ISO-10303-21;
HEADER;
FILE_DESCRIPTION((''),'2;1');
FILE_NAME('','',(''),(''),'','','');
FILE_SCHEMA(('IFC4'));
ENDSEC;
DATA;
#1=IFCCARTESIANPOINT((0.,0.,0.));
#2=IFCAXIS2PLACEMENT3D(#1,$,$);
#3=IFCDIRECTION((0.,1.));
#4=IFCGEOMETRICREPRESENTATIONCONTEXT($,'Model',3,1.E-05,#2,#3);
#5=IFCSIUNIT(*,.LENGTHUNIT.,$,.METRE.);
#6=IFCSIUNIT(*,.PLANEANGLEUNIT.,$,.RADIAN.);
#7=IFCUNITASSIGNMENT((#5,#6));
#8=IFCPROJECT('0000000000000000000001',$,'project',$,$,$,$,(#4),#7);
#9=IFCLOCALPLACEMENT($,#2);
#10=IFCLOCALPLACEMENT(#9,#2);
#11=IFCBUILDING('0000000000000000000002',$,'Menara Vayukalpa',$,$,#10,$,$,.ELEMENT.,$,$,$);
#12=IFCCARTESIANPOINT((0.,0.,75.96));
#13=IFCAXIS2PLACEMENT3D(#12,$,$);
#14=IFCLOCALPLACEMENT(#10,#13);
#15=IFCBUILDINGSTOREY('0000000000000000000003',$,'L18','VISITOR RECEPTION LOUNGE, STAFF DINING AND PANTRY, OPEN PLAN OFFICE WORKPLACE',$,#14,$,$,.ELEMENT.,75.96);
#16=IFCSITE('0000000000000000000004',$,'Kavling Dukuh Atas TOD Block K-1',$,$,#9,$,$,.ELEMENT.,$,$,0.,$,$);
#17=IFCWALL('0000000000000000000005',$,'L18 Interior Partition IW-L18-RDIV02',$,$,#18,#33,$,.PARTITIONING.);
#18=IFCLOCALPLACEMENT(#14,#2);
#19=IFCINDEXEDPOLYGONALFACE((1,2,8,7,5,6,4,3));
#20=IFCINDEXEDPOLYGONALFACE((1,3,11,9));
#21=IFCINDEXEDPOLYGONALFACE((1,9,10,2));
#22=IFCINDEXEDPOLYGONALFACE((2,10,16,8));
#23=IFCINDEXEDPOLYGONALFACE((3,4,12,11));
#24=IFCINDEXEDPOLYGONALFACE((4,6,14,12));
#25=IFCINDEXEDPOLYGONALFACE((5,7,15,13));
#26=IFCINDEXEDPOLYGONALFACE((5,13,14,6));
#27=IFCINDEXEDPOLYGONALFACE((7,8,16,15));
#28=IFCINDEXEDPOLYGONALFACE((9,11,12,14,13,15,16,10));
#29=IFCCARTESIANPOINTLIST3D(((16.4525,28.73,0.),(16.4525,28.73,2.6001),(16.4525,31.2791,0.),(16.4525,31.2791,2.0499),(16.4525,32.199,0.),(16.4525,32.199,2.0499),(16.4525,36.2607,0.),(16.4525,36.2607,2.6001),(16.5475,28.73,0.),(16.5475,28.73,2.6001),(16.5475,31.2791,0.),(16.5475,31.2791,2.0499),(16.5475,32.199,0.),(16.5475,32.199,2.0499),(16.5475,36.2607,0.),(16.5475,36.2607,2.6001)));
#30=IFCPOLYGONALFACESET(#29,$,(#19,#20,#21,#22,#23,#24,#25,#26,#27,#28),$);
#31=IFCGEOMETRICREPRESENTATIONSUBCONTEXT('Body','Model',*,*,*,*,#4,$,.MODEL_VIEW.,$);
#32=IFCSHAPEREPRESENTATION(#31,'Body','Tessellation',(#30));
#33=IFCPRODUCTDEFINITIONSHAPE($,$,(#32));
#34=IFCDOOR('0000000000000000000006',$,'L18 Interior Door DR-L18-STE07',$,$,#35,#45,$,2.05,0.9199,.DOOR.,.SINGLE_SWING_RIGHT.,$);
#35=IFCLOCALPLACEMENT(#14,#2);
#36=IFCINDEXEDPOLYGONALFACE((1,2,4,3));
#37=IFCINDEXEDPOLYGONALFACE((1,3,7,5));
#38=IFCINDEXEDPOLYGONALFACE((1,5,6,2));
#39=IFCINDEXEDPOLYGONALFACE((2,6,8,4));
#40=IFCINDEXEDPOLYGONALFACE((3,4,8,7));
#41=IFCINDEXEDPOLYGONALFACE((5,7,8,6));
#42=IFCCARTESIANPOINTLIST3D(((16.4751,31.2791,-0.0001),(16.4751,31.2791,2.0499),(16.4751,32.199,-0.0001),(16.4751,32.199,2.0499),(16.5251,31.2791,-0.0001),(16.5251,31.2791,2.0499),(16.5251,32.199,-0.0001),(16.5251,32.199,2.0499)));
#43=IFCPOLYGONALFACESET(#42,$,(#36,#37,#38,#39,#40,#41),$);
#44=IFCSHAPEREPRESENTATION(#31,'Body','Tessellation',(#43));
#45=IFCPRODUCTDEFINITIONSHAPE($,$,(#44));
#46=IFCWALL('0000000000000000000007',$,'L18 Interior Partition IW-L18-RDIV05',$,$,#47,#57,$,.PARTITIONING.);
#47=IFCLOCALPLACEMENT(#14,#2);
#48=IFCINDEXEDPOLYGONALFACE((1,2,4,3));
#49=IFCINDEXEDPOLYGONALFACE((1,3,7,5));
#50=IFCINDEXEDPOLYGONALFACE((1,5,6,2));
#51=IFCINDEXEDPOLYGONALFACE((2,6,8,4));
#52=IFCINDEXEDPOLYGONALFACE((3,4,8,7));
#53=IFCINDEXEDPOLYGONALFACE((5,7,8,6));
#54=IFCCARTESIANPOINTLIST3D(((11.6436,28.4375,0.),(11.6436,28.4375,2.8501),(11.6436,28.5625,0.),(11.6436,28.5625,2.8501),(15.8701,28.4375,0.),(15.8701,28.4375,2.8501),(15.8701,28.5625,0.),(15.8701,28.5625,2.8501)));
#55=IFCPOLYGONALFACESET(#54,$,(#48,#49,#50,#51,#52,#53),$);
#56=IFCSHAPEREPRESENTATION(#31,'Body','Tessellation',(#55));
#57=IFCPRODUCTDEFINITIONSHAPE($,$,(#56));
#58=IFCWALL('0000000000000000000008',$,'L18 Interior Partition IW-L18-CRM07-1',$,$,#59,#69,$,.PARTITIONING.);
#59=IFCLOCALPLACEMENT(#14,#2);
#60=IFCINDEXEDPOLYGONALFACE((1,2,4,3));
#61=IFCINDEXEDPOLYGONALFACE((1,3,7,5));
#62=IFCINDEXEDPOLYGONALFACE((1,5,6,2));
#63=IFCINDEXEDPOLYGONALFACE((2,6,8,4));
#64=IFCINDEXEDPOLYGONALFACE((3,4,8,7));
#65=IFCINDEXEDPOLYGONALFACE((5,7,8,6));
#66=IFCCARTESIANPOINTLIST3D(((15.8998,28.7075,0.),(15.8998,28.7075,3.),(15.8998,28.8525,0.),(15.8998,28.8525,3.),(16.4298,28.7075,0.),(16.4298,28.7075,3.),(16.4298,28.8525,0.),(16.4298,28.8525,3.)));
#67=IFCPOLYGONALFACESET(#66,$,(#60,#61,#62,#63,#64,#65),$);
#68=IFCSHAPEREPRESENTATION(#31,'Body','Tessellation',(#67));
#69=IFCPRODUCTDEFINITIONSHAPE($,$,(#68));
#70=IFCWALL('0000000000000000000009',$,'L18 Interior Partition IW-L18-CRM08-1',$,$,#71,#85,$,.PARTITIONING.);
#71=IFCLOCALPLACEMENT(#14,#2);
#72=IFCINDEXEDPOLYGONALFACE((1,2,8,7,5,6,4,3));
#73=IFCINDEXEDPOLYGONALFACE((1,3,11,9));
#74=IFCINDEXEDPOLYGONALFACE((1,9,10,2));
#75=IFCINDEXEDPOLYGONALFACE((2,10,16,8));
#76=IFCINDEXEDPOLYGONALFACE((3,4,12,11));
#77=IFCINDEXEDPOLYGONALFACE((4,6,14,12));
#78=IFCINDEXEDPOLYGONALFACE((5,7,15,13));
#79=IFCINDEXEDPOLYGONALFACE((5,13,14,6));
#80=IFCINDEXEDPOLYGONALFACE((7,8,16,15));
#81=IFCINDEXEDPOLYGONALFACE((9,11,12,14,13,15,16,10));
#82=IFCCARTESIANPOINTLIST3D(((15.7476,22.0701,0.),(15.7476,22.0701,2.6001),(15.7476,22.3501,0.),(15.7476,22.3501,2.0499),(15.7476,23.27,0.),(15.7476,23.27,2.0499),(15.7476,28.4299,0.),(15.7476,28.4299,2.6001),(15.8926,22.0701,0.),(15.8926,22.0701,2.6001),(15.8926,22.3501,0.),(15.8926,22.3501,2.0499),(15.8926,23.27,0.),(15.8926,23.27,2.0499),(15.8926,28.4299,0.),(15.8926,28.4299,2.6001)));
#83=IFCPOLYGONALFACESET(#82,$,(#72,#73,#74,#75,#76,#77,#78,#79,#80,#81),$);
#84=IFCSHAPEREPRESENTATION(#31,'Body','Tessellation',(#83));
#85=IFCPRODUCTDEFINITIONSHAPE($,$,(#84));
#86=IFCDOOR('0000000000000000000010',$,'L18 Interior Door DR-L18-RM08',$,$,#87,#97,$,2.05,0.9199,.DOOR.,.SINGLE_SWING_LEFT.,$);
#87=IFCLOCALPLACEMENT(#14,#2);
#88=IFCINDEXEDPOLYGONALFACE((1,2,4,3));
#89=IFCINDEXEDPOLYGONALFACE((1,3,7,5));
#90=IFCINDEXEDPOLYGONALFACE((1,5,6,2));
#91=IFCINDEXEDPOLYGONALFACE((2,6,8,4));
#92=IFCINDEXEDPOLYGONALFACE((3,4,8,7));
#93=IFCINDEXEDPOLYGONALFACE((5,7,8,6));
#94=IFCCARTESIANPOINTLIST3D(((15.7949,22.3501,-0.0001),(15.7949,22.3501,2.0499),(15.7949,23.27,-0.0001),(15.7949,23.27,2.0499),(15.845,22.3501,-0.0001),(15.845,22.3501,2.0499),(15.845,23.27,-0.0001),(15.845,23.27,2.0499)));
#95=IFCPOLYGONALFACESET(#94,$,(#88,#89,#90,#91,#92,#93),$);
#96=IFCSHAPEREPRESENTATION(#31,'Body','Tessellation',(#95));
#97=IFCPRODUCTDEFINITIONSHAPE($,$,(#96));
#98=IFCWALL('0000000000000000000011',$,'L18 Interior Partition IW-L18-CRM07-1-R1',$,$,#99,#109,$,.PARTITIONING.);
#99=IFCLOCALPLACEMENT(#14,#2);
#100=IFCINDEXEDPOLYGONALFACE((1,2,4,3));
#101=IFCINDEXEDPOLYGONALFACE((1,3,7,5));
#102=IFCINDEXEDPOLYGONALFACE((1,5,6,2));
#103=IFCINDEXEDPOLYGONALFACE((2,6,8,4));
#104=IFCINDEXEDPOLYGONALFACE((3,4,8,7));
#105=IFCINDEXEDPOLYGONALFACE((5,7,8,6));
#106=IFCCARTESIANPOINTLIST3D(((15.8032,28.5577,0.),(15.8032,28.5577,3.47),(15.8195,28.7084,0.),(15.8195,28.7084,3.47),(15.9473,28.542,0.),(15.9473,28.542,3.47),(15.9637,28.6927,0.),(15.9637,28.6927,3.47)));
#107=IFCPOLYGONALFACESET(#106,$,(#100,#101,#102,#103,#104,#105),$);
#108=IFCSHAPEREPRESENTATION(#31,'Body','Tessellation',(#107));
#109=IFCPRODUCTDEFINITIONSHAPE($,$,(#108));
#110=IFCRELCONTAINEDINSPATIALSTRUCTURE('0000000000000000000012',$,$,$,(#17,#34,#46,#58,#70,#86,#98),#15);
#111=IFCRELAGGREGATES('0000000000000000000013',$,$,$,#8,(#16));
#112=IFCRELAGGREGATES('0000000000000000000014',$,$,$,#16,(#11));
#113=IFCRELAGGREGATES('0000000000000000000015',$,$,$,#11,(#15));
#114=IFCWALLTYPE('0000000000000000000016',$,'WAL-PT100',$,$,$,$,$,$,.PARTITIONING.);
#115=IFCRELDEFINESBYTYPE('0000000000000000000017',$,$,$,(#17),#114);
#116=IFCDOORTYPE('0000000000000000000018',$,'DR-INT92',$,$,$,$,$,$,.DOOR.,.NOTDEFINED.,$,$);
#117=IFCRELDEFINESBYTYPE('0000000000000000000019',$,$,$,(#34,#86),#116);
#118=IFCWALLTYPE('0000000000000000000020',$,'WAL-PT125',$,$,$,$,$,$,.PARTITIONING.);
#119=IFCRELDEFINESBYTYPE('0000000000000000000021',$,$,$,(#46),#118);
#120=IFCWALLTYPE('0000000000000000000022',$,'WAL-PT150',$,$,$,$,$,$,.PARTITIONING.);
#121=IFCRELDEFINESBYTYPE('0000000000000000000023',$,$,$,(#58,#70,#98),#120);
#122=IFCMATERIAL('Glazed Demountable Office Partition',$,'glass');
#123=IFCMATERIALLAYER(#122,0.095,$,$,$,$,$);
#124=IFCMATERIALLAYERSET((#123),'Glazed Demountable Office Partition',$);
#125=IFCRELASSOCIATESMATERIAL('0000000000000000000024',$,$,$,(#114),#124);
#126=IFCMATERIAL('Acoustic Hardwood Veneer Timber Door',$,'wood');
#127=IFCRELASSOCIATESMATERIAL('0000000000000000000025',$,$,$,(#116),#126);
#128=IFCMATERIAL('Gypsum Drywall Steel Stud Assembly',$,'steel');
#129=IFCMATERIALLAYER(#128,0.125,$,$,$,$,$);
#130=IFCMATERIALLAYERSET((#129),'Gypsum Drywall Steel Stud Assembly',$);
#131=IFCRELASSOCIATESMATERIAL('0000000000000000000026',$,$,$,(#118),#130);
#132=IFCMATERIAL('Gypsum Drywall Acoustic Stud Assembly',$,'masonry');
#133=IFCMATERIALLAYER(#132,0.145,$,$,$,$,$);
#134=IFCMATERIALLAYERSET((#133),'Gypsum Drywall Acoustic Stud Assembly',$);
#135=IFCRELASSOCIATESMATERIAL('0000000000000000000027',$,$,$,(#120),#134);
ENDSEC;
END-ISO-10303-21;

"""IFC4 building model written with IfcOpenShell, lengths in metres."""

from ifc_helpers import new_model, si_unit, direction, frame, frame_2d, origin, place, context, subcontext, project, spatial, rectangle, extrude, material, layer, layer_set, type_object, element, fill, save


model = new_model("IFC4")

# Units and contexts
model_context = context("Model", 3, precision=1e-05, world=origin(), true_north=direction((0.0, 1.0)))
body_context = subcontext(model_context, "Body", "Model", "MODEL_VIEW")
ifc_project = project(units=[si_unit("LENGTHUNIT", "METRE"), si_unit("PLANEANGLEUNIT", "RADIAN")], contexts=[model_context])

# Site, building, storey
site_placement = place(None, origin())
site = spatial("IfcSite", under=ifc_project, at=site_placement, Name="Kavling Dukuh Atas TOD Block K-1", CompositionType="ELEMENT", RefElevation=0.0)
building_placement = place(site_placement, origin())
building = spatial("IfcBuilding", under=site, at=building_placement, Name="Menara Vayukalpa", CompositionType="ELEMENT")
storey_placement = place(building_placement, frame((0.0, 0.0, 75.96)))
storey = spatial("IfcBuildingStorey", under=building, at=storey_placement, Name="L18", Description="VISITOR RECEPTION LOUNGE, STAFF DINING AND PANTRY, OPEN PLAN OFFICE WORKPLACE", CompositionType="ELEMENT", Elevation=75.96)

# Wall, opening, door
ifc_material_1 = material(Name="Glazed Demountable Office Partition", Category="glass")
ifc_layer_1 = layer(ifc_material_1, 0.095)
ifc_layer_set_1 = layer_set([ifc_layer_1], Name="Glazed Demountable Office Partition")
wall_type_1 = type_object("IfcWallType", Name="WAL-PT100", PredefinedType="PARTITIONING", material=ifc_layer_set_1)
wall_1_placement = place(storey_placement, frame((16.5, 28.73, 0.0), z_axis=(0.0, 0.0, 1.0), x_axis=(0.0, 1.0, 0.0)))
wall_1 = element("IfcWall", 1, at=wall_1_placement, inside=storey, type_object=wall_type_1, Name="L18 Interior Partition IW-L18-RDIV02", PredefinedType="PARTITIONING", context=body_context, shape_type="SweptSolid", body=[
    extrude(rectangle(XDim=7.5308, YDim=0.095, at=frame_2d((3.7654, 0.0))), origin(), (0.0, 0.0, 1.0), 2.6001),
])
opening_1_placement = place(wall_1_placement, frame((2.5491, 0.0, 0.0)))
opening_1 = element("IfcOpeningElement", 2, at=opening_1_placement, cuts=wall_1, PredefinedType="OPENING", context=body_context, shape_type="SweptSolid", body=[
    extrude(rectangle(XDim=0.9199, YDim=2.05, at=frame_2d((0.46, 1.0249))), frame((0.0, 0.0574, 0.0), z_axis=(0.0, -1.0, 0.0), x_axis=(1.0, 0.0, 0.0)), (0.0, 0.0, 1.0), 0.115),
])
ifc_material_2 = material(Name="Acoustic Hardwood Veneer Timber Door", Category="wood")
door_type = type_object("IfcDoorType", Name="DR-INT92", OperationType="NOTDEFINED", PredefinedType="DOOR", material=ifc_material_2)
door_1_placement = place(opening_1_placement, origin())
door_1 = element("IfcDoor", 3, at=door_1_placement, inside=storey, type_object=door_type, Name="L18 Interior Door DR-L18-STE07", OperationType="SINGLE_SWING_RIGHT", OverallHeight=2.05, OverallWidth=0.9199, PredefinedType="DOOR", context=body_context, shape_type="SweptSolid", body=[
    extrude(rectangle(XDim=0.9199, YDim=2.05, at=frame_2d((0.46, 1.0249))), frame((0.0, 0.0249, 0.0), z_axis=(0.0, -1.0, 0.0), x_axis=(1.0, 0.0, 0.0)), (0.0, 0.0, 1.0), 0.05),
])
fill(opening_1, door_1)

# Walls
ifc_material_3 = material(Name="Gypsum Drywall Steel Stud Assembly", Category="steel")
ifc_layer_2 = layer(ifc_material_3, 0.125)
ifc_layer_set_2 = layer_set([ifc_layer_2], Name="Gypsum Drywall Steel Stud Assembly")
wall_type_2 = type_object("IfcWallType", Name="WAL-PT125", PredefinedType="PARTITIONING", material=ifc_layer_set_2)
wall_2_placement = place(storey_placement, frame((11.6436, 28.5, 0.0), z_axis=(0.0, 0.0, 1.0), x_axis=(1.0, 0.0, 0.0)))
element("IfcWall", 4, at=wall_2_placement, inside=storey, type_object=wall_type_2, Name="L18 Interior Partition IW-L18-RDIV05", PredefinedType="PARTITIONING", context=body_context, shape_type="SweptSolid", body=[
    extrude(rectangle(XDim=4.2266, YDim=0.125, at=frame_2d((2.1133, 0.0))), origin(), (0.0, 0.0, 1.0), 2.8501),
])
ifc_material_4 = material(Name="Gypsum Drywall Acoustic Stud Assembly", Category="masonry")
ifc_layer_3 = layer(ifc_material_4, 0.145)
ifc_layer_set_3 = layer_set([ifc_layer_3], Name="Gypsum Drywall Acoustic Stud Assembly")
wall_type_3 = type_object("IfcWallType", Name="WAL-PT150", PredefinedType="PARTITIONING", material=ifc_layer_set_3)
wall_3_placement = place(storey_placement, frame((16.4299, 28.78, 0.0), z_axis=(0.0, 0.0, 1.0), x_axis=(-1.0, 0.0, 0.0)))
element("IfcWall", 5, at=wall_3_placement, inside=storey, type_object=wall_type_3, Name="L18 Interior Partition IW-L18-CRM07-1", PredefinedType="PARTITIONING", context=body_context, shape_type="SweptSolid", body=[
    extrude(rectangle(XDim=0.53, YDim=0.145, at=frame_2d((0.2651, 0.0))), origin(), (0.0, 0.0, 1.0), 3.0),
])

# Wall, opening, door
wall_4_placement = place(storey_placement, frame((15.8201, 28.4299, 0.0), z_axis=(0.0, 0.0, 1.0), x_axis=(0.0, -1.0, 0.0)))
wall_4 = element("IfcWall", 6, at=wall_4_placement, inside=storey, type_object=wall_type_3, Name="L18 Interior Partition IW-L18-CRM08-1", PredefinedType="PARTITIONING", context=body_context, shape_type="SweptSolid", body=[
    extrude(rectangle(XDim=6.3599, YDim=0.145, at=frame_2d((3.1799, 0.0))), origin(), (0.0, 0.0, 1.0), 2.6001),
])
opening_2_placement = place(wall_4_placement, frame((5.1599, 0.0, 0.0)))
opening_2 = element("IfcOpeningElement", 7, at=opening_2_placement, cuts=wall_4, PredefinedType="OPENING", context=body_context, shape_type="SweptSolid", body=[
    extrude(rectangle(XDim=0.9199, YDim=2.05, at=frame_2d((0.46, 1.0249))), frame((0.0, 0.0825, 0.0), z_axis=(0.0, -1.0, 0.0), x_axis=(1.0, 0.0, 0.0)), (0.0, 0.0, 1.0), 0.165),
])
door_2_placement = place(opening_2_placement, origin())
door_2 = element("IfcDoor", 8, at=door_2_placement, inside=storey, type_object=door_type, Name="L18 Interior Door DR-L18-RM08", OperationType="SINGLE_SWING_LEFT", OverallHeight=2.05, OverallWidth=0.9199, PredefinedType="DOOR", context=body_context, shape_type="SweptSolid", body=[
    extrude(rectangle(XDim=0.9199, YDim=2.05, at=frame_2d((0.46, 1.0249))), frame((0.0, 0.0249, 0.0), z_axis=(0.0, -1.0, 0.0), x_axis=(1.0, 0.0, 0.0)), (0.0, 0.0, 1.0), 0.05),
])
fill(opening_2, door_2)

# Wall
wall_5_placement = place(storey_placement, frame((15.8916, 28.7004, 0.0), z_axis=(0.0, 0.0, 1.0), x_axis=(-0.107955, -0.994156, 0.0)))
element("IfcWall", 9, at=wall_5_placement, inside=storey, type_object=wall_type_3, Name="L18 Interior Partition IW-L18-CRM07-1-R1", PredefinedType="PARTITIONING", context=body_context, shape_type="SweptSolid", body=[
    extrude(rectangle(XDim=0.1516, YDim=0.145, at=frame_2d((0.0757, 0.0))), origin(), (0.0, 0.0, 1.0), 3.47),
])

save(model, "model.ifc")
